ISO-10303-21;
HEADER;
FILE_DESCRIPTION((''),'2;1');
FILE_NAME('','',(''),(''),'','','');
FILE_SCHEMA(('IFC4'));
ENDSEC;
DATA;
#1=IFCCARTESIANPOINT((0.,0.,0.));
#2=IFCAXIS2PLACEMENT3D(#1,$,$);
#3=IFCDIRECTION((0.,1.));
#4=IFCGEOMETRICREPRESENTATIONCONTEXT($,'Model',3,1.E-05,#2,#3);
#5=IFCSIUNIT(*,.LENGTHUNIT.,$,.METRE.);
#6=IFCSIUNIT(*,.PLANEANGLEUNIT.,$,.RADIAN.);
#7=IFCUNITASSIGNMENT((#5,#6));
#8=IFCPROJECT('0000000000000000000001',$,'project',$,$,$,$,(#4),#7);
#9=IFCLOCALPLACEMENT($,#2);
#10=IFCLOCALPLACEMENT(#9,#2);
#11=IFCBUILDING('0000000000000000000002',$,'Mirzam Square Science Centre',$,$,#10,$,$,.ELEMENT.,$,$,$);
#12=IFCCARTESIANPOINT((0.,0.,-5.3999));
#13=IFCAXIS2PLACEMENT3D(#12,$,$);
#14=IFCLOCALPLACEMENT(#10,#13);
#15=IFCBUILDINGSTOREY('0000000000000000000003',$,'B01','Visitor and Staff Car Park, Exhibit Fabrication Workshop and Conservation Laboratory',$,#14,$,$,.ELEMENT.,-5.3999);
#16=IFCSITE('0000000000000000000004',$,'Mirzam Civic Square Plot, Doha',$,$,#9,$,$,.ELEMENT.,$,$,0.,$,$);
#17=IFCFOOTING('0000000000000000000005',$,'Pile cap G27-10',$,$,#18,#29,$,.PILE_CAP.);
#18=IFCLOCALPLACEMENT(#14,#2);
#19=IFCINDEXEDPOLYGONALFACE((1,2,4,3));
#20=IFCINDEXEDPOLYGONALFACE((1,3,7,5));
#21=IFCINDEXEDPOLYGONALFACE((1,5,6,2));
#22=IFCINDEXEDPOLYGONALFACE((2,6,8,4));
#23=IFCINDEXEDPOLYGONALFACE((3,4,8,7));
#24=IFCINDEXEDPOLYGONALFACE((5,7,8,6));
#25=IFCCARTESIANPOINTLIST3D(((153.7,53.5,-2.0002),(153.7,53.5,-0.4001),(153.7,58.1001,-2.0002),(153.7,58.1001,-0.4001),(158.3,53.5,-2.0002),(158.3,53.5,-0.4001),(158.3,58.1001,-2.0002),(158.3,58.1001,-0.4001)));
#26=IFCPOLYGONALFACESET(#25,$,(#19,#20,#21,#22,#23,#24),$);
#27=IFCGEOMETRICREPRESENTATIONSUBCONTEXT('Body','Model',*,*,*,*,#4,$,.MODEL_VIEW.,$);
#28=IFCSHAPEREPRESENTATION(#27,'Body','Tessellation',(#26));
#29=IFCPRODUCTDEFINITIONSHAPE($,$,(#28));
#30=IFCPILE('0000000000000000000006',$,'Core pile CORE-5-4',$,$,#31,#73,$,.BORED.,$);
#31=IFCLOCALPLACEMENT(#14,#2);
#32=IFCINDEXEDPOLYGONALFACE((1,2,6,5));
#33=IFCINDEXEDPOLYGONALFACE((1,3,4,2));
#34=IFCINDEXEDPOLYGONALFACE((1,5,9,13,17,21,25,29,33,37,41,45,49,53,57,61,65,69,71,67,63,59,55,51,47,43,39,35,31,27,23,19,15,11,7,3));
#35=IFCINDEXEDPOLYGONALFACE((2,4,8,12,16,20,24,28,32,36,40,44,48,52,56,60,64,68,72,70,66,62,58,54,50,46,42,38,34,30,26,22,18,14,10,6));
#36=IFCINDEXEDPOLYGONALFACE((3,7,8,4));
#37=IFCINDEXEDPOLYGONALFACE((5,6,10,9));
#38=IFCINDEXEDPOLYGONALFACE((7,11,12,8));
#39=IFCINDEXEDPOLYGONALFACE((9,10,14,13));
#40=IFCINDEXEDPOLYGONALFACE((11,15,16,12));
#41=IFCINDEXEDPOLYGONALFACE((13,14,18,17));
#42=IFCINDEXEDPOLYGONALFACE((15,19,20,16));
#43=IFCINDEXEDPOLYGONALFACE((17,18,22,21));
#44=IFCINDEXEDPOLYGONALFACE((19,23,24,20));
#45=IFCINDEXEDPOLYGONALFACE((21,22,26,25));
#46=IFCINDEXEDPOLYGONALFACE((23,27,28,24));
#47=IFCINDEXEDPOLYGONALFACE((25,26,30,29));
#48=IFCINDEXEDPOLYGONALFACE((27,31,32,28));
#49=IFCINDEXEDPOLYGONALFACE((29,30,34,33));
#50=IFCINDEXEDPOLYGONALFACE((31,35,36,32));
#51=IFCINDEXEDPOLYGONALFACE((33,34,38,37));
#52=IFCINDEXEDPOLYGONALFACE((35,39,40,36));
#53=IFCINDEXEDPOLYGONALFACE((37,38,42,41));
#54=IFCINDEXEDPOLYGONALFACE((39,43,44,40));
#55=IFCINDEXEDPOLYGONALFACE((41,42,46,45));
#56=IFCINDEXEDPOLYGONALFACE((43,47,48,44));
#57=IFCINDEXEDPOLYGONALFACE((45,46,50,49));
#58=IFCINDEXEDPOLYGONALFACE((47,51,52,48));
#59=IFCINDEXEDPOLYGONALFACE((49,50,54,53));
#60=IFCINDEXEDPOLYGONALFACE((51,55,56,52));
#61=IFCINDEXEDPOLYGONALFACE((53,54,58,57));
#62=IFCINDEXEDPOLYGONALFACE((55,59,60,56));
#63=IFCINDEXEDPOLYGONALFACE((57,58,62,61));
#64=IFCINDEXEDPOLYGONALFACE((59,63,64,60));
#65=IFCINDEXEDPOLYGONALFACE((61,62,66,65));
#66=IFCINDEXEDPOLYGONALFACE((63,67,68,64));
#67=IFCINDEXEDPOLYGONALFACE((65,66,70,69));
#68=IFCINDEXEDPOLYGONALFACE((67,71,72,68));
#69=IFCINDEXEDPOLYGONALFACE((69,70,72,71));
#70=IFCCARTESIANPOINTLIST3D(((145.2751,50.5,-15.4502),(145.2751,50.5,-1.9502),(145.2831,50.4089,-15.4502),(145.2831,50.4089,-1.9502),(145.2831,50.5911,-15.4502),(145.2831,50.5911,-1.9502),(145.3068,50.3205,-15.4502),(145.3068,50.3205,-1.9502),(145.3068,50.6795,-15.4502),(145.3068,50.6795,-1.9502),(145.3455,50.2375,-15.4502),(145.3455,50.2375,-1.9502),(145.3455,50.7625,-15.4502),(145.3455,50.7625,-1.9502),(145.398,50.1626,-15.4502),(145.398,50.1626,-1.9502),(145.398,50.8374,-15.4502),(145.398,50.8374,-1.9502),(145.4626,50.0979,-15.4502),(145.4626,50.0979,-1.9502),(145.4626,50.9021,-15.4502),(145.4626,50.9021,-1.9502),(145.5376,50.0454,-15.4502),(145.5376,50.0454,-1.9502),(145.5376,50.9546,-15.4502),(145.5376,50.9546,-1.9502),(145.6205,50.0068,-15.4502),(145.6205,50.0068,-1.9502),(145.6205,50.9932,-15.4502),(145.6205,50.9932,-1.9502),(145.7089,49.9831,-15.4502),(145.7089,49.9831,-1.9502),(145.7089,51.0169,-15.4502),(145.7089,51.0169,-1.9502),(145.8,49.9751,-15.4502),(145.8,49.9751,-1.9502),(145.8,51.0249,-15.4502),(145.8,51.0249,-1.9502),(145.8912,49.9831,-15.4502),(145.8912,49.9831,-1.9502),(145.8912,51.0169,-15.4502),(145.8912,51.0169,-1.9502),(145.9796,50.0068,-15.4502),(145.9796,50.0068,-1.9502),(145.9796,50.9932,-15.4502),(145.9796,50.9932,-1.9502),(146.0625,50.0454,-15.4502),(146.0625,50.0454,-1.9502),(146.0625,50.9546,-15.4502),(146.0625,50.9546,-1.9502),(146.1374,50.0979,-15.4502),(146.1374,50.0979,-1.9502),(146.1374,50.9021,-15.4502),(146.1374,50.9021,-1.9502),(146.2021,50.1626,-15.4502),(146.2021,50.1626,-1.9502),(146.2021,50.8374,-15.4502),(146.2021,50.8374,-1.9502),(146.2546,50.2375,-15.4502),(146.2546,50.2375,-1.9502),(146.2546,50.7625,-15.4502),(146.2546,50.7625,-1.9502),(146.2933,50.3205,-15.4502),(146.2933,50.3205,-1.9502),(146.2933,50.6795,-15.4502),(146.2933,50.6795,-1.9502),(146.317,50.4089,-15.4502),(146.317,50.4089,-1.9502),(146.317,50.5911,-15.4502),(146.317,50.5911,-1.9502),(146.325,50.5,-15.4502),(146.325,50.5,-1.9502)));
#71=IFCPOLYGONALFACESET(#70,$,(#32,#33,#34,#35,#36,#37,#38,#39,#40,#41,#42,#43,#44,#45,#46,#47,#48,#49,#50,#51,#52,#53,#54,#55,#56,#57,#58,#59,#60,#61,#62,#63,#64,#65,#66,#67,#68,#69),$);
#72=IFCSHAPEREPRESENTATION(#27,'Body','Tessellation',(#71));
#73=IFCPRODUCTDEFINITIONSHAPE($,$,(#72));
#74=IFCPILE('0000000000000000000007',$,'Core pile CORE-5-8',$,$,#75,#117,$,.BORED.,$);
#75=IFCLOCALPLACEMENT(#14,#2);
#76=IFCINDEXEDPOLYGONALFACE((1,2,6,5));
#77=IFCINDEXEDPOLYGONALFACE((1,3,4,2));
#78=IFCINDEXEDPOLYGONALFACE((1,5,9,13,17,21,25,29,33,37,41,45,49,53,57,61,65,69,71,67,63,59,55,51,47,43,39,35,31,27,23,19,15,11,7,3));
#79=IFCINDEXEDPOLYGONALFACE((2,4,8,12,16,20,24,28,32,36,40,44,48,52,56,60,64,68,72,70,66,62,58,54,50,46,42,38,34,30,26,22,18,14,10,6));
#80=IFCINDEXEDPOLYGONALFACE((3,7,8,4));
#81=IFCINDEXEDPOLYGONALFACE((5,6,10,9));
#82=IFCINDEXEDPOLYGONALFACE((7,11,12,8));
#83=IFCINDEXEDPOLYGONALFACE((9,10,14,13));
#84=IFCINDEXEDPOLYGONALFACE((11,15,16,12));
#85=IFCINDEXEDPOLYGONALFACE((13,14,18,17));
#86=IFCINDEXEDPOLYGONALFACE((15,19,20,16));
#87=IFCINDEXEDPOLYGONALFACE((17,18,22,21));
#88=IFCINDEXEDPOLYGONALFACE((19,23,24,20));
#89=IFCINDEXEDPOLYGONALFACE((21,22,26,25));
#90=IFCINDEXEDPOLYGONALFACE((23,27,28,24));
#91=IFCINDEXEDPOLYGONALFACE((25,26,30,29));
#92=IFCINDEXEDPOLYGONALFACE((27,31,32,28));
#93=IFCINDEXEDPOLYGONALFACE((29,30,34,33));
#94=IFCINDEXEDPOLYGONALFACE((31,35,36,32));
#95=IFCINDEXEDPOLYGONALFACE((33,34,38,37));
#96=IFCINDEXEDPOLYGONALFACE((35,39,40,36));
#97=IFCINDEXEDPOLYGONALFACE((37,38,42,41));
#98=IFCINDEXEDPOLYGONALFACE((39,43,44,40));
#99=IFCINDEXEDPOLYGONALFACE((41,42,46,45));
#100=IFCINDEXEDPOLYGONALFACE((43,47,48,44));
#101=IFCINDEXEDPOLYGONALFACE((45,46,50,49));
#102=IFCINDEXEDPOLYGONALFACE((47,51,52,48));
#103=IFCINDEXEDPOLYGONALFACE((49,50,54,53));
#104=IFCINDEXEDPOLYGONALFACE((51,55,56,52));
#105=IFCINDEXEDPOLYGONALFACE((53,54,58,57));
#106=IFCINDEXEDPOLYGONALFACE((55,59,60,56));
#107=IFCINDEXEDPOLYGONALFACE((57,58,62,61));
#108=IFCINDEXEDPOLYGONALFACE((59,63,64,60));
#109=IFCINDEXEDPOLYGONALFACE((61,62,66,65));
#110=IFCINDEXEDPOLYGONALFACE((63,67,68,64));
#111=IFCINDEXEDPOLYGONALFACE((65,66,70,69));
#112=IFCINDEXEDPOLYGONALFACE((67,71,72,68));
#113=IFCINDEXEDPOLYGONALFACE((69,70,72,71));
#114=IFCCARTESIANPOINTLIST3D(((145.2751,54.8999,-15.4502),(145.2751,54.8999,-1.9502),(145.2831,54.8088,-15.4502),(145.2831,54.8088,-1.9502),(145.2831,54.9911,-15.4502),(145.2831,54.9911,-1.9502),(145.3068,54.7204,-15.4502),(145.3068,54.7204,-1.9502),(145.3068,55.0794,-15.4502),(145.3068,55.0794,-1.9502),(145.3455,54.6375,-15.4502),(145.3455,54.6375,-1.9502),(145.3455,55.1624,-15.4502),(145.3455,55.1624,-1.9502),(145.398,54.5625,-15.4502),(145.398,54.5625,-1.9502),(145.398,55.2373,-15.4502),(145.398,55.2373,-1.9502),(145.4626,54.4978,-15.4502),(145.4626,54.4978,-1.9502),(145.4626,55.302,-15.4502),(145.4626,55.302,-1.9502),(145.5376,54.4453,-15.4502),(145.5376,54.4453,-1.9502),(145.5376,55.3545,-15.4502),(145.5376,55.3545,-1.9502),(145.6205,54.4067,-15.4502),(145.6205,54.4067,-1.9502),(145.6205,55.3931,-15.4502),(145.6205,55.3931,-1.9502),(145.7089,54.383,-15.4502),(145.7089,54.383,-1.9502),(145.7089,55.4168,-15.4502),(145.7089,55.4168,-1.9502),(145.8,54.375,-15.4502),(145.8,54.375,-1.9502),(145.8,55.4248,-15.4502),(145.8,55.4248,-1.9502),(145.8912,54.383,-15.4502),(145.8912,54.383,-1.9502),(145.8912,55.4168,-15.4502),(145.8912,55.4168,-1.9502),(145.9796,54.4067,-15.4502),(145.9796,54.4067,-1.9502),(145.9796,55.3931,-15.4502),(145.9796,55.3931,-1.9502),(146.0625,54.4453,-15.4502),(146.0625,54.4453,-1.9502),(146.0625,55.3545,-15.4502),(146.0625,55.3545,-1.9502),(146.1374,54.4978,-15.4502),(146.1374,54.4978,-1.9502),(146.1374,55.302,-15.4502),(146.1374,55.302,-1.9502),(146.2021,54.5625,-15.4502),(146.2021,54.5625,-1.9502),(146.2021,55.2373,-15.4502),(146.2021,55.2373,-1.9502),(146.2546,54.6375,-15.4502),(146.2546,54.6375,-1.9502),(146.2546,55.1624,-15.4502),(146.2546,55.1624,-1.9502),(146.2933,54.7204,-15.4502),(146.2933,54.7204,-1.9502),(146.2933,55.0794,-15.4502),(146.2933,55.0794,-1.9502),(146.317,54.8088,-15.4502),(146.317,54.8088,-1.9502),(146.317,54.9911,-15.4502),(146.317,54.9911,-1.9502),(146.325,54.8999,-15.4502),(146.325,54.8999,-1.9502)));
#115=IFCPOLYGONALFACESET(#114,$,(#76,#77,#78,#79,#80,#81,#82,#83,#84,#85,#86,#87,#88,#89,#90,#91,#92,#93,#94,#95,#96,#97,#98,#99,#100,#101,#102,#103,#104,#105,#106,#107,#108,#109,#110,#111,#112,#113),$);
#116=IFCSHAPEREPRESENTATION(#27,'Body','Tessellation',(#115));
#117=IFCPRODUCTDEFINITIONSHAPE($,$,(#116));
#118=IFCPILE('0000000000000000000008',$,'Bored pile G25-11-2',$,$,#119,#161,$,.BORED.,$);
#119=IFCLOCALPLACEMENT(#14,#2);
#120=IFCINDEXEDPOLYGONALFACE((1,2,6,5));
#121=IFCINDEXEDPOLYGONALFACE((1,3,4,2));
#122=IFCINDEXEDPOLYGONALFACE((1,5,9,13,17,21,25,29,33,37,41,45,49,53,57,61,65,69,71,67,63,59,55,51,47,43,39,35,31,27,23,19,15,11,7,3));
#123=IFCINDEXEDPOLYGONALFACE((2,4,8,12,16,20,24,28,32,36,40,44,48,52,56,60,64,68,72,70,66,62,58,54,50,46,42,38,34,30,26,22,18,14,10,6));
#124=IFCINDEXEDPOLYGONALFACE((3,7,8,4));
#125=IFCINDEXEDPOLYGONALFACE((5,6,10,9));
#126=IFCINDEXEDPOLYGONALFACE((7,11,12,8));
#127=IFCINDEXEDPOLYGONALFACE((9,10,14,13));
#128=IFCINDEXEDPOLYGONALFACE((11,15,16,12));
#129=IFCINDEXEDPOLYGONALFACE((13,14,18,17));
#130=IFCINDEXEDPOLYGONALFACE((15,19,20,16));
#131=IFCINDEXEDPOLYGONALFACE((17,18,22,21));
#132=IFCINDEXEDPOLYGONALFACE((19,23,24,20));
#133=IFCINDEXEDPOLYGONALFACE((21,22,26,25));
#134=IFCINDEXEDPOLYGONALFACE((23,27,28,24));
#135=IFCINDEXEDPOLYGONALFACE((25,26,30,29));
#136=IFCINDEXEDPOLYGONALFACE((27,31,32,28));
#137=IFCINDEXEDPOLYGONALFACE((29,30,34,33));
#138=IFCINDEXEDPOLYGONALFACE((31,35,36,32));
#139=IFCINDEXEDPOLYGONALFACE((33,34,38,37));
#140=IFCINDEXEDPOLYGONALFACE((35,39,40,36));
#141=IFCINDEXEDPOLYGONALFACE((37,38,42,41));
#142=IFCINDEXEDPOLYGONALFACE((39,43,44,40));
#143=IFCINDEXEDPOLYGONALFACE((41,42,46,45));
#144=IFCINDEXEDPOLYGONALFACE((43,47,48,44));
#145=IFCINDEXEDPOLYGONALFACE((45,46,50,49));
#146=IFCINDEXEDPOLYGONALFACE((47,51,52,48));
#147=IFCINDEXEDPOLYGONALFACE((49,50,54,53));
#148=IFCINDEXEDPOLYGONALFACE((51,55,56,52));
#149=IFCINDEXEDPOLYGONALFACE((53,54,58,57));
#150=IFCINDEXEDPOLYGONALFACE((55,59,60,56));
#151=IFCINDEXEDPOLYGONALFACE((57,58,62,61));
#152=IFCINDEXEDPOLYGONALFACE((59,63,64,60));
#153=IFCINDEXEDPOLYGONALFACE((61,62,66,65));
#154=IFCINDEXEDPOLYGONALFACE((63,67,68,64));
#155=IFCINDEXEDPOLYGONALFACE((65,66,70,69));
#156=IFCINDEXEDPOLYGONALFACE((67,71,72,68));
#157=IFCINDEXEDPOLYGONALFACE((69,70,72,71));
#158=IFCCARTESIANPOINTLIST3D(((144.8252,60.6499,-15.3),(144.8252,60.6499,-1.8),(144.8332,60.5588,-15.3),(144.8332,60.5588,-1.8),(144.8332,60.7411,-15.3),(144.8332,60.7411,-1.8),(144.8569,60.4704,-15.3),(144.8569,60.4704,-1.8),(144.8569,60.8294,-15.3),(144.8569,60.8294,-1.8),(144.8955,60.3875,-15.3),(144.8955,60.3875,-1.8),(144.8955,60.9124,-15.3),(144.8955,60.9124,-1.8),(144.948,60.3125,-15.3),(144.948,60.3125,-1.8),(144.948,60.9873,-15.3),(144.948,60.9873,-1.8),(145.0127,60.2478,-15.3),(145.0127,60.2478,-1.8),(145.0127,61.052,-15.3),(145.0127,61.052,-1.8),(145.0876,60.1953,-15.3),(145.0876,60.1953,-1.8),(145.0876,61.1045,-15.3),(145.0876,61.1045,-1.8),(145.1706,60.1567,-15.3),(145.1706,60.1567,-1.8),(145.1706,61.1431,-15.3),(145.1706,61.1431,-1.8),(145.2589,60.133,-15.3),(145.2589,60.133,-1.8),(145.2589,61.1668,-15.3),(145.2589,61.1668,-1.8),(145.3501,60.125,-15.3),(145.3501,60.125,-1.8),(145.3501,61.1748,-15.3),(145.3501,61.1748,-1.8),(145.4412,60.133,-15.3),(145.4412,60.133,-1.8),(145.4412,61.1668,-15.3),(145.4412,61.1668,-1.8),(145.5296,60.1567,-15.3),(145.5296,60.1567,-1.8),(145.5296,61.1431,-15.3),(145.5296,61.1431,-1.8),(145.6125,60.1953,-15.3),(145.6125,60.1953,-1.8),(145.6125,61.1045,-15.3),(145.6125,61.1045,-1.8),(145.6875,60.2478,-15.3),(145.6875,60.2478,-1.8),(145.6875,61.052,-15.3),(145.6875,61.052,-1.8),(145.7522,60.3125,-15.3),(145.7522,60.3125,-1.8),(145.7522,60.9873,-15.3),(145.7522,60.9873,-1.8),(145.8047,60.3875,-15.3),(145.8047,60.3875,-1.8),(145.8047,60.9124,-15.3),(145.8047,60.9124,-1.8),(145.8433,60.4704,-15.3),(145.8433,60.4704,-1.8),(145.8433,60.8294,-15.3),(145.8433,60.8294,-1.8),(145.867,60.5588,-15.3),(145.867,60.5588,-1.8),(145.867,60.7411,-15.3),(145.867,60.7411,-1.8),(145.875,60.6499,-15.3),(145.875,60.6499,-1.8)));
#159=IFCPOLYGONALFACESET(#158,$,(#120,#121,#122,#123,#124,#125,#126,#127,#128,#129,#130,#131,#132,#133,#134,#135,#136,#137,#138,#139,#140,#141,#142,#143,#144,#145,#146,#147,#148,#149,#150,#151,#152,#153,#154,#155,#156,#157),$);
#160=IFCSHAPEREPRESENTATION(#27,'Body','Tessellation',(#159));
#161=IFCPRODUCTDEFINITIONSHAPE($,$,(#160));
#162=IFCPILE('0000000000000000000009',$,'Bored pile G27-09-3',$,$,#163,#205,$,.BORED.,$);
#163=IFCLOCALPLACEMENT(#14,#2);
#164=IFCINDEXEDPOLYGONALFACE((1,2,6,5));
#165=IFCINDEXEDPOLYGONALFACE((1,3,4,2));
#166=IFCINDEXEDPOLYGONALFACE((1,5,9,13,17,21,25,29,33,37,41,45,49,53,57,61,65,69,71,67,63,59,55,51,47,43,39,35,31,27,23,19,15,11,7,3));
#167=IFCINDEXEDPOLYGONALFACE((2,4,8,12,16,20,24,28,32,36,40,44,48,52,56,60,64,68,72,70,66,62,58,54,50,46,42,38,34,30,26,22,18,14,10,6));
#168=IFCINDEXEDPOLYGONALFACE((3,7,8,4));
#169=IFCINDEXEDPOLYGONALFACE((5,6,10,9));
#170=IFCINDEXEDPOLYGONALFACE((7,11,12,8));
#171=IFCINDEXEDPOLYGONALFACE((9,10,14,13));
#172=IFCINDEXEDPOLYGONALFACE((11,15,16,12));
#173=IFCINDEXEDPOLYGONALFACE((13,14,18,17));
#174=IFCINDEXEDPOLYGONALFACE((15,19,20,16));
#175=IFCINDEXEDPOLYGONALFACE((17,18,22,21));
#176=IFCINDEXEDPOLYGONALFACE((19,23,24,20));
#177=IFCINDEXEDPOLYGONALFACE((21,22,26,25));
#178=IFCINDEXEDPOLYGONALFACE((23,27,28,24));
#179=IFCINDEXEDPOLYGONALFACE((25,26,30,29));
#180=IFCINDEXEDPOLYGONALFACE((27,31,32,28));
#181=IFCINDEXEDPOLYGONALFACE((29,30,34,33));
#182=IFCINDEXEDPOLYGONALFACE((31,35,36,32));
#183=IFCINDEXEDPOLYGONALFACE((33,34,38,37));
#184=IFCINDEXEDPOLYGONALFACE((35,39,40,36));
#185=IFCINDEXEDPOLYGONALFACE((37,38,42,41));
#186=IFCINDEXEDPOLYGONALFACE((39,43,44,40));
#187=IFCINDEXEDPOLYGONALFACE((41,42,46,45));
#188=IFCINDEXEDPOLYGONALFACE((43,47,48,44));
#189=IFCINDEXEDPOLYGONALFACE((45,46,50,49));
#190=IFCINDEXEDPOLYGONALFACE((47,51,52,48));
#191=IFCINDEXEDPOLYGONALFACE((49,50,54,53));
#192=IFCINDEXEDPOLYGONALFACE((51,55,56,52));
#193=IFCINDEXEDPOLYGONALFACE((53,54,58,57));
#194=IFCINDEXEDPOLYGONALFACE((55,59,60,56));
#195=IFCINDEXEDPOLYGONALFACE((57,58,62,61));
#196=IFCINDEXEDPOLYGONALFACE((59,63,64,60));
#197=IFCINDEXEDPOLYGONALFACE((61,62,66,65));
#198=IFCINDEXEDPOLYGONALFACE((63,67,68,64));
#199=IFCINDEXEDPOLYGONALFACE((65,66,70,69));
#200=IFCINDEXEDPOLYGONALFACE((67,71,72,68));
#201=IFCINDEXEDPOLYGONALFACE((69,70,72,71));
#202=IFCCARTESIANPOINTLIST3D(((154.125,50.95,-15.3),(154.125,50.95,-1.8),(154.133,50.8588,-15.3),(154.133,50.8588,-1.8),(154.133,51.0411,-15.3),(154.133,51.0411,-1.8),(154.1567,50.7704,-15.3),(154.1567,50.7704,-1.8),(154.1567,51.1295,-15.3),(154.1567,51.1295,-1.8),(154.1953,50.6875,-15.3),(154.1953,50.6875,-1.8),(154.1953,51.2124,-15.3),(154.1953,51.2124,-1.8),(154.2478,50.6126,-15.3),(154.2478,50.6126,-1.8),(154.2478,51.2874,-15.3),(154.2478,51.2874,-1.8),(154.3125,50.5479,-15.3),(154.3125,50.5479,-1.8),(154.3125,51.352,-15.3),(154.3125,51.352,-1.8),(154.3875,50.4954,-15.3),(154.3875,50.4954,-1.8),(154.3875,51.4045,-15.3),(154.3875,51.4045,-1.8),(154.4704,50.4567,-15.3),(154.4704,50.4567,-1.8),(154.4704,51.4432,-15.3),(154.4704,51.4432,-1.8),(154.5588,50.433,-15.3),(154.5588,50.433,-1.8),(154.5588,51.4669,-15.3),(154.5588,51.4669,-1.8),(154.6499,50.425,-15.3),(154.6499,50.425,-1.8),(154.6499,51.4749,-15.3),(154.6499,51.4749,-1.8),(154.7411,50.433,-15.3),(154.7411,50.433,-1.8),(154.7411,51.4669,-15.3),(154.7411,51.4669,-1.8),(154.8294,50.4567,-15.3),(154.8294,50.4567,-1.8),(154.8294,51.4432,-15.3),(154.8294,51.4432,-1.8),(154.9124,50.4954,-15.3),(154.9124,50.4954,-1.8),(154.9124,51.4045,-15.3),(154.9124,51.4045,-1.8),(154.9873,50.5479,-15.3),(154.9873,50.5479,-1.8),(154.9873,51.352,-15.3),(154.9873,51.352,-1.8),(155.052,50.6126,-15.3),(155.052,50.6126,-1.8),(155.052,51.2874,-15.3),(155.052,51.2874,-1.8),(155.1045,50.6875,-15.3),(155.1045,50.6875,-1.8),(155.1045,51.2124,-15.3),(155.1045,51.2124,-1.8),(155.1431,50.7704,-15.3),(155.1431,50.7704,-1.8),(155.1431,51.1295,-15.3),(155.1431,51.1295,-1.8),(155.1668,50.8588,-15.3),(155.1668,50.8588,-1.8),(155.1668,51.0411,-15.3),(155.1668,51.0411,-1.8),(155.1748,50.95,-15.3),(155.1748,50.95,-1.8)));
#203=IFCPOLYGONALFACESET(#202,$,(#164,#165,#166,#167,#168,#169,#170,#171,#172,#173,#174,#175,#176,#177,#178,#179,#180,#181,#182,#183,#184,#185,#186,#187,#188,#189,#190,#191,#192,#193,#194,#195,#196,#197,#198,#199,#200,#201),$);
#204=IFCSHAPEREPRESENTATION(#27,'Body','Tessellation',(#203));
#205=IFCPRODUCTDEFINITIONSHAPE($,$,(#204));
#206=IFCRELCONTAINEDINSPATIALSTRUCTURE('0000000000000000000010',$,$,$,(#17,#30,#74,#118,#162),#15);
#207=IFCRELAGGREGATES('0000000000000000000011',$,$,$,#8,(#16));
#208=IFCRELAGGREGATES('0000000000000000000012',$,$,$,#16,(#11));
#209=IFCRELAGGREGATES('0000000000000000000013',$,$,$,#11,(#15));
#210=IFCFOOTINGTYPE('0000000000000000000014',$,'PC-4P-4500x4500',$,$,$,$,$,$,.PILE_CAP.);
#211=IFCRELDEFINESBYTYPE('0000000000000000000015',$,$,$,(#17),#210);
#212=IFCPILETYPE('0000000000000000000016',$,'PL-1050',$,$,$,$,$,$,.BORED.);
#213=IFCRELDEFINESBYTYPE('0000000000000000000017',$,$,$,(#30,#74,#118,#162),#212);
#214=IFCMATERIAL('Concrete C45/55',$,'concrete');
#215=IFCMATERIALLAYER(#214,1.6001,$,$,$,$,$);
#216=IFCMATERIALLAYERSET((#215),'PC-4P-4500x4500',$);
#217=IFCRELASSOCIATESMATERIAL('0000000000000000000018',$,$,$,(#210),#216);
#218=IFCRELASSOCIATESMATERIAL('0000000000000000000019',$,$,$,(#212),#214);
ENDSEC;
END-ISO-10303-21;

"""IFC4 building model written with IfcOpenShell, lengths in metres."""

from ifc_helpers import new_model, si_unit, direction, frame, origin, origin_2d, place, context, subcontext, project, spatial, rectangle, circle, extrude, material, layer, layer_set, material_profile, profile_set, type_object, element, save


model = new_model("IFC4")

# Units and contexts
model_context = context("Model", 3, precision=1e-05, world=origin(), true_north=direction((0.0, 1.0)))
body_context = subcontext(model_context, "Body", "Model", "MODEL_VIEW")
ifc_project = project(units=[si_unit("LENGTHUNIT", "METRE"), si_unit("PLANEANGLEUNIT", "RADIAN")], contexts=[model_context])

# Site, building, storey
site_placement = place(None, origin())
site = spatial("IfcSite", under=ifc_project, at=site_placement, Name="Mirzam Civic Square Plot, Doha", CompositionType="ELEMENT", RefElevation=0.0)
building_placement = place(site_placement, origin())
building = spatial("IfcBuilding", under=site, at=building_placement, Name="Mirzam Square Science Centre", CompositionType="ELEMENT")
storey_placement = place(building_placement, frame((0.0, 0.0, -5.3999)))
storey = spatial("IfcBuildingStorey", under=building, at=storey_placement, Name="B01", Description="Visitor and Staff Car Park, Exhibit Fabrication Workshop and Conservation Laboratory", CompositionType="ELEMENT", Elevation=-5.3999)

# Footing
ifc_material_1 = material(Name="Concrete C45/55", Category="concrete")
ifc_layer_1 = layer(ifc_material_1, 1.6001)
ifc_layer_set_1 = layer_set([ifc_layer_1], Name="PC-4P-4500x4500")
footing_type = type_object("IfcFootingType", Name="PC-4P-4500x4500", PredefinedType="PILE_CAP", material=ifc_layer_set_1)
footing_placement = place(storey_placement, frame((156.0, 55.8, -2.0002), z_axis=(0.0, 0.0, 1.0), x_axis=(1.0, 0.0, 0.0)))
element("IfcFooting", 1, at=footing_placement, inside=storey, type_object=footing_type, Name="Pile cap G27-10", PredefinedType="PILE_CAP", context=body_context, shape_type="SweptSolid", body=[
    extrude(rectangle(XDim=4.6001, YDim=4.6001, at=origin_2d()), origin(), (0.0, 0.0, 1.0), 1.6001),
])

# Piles
ifc_material_profile_1 = material_profile(ifc_material_1, circle(Radius=0.5249, at=origin_2d()), Name="PILE-D1050")
ifc_profile_set_1 = profile_set([ifc_material_profile_1], Name="Concrete C45/55")
pile_type_1 = type_object("IfcPileType", Name="PL-1050", PredefinedType="BORED", material=ifc_profile_set_1)
for number, where, z_axis, x_axis, name in (
    (2, (145.8, 50.5, -1.9502), (0.0, 0.0, -1.0), (1.0, 0.0, 0.0), "Core pile CORE-5-4"),
    (3, (145.8, 54.8999, -1.9502), (0.0, 0.0, -1.0), (1.0, 0.0, 0.0), "Core pile CORE-5-8"),
    (4, (145.3501, 60.6499, -1.8), (0.0, 0.0, -1.0), (1.0, 0.0, 0.0), "Bored pile G25-11-2"),
    (5, (154.6499, 50.95, -1.8), (0.0, 0.0, -1.0), (1.0, 0.0, 0.0), "Bored pile G27-09-3"),
):
    element("IfcPile", number, at=place(storey_placement, frame(where, z_axis=z_axis, x_axis=x_axis)), inside=storey, type_object=pile_type_1, Name=name, PredefinedType="BORED", context=body_context, shape_type="SweptSolid", body=[
        extrude(circle(Radius=0.5249, at=origin_2d()), origin(), (0.0, 0.0, 1.0), 13.5),
    ])

save(model, "model.ifc")
